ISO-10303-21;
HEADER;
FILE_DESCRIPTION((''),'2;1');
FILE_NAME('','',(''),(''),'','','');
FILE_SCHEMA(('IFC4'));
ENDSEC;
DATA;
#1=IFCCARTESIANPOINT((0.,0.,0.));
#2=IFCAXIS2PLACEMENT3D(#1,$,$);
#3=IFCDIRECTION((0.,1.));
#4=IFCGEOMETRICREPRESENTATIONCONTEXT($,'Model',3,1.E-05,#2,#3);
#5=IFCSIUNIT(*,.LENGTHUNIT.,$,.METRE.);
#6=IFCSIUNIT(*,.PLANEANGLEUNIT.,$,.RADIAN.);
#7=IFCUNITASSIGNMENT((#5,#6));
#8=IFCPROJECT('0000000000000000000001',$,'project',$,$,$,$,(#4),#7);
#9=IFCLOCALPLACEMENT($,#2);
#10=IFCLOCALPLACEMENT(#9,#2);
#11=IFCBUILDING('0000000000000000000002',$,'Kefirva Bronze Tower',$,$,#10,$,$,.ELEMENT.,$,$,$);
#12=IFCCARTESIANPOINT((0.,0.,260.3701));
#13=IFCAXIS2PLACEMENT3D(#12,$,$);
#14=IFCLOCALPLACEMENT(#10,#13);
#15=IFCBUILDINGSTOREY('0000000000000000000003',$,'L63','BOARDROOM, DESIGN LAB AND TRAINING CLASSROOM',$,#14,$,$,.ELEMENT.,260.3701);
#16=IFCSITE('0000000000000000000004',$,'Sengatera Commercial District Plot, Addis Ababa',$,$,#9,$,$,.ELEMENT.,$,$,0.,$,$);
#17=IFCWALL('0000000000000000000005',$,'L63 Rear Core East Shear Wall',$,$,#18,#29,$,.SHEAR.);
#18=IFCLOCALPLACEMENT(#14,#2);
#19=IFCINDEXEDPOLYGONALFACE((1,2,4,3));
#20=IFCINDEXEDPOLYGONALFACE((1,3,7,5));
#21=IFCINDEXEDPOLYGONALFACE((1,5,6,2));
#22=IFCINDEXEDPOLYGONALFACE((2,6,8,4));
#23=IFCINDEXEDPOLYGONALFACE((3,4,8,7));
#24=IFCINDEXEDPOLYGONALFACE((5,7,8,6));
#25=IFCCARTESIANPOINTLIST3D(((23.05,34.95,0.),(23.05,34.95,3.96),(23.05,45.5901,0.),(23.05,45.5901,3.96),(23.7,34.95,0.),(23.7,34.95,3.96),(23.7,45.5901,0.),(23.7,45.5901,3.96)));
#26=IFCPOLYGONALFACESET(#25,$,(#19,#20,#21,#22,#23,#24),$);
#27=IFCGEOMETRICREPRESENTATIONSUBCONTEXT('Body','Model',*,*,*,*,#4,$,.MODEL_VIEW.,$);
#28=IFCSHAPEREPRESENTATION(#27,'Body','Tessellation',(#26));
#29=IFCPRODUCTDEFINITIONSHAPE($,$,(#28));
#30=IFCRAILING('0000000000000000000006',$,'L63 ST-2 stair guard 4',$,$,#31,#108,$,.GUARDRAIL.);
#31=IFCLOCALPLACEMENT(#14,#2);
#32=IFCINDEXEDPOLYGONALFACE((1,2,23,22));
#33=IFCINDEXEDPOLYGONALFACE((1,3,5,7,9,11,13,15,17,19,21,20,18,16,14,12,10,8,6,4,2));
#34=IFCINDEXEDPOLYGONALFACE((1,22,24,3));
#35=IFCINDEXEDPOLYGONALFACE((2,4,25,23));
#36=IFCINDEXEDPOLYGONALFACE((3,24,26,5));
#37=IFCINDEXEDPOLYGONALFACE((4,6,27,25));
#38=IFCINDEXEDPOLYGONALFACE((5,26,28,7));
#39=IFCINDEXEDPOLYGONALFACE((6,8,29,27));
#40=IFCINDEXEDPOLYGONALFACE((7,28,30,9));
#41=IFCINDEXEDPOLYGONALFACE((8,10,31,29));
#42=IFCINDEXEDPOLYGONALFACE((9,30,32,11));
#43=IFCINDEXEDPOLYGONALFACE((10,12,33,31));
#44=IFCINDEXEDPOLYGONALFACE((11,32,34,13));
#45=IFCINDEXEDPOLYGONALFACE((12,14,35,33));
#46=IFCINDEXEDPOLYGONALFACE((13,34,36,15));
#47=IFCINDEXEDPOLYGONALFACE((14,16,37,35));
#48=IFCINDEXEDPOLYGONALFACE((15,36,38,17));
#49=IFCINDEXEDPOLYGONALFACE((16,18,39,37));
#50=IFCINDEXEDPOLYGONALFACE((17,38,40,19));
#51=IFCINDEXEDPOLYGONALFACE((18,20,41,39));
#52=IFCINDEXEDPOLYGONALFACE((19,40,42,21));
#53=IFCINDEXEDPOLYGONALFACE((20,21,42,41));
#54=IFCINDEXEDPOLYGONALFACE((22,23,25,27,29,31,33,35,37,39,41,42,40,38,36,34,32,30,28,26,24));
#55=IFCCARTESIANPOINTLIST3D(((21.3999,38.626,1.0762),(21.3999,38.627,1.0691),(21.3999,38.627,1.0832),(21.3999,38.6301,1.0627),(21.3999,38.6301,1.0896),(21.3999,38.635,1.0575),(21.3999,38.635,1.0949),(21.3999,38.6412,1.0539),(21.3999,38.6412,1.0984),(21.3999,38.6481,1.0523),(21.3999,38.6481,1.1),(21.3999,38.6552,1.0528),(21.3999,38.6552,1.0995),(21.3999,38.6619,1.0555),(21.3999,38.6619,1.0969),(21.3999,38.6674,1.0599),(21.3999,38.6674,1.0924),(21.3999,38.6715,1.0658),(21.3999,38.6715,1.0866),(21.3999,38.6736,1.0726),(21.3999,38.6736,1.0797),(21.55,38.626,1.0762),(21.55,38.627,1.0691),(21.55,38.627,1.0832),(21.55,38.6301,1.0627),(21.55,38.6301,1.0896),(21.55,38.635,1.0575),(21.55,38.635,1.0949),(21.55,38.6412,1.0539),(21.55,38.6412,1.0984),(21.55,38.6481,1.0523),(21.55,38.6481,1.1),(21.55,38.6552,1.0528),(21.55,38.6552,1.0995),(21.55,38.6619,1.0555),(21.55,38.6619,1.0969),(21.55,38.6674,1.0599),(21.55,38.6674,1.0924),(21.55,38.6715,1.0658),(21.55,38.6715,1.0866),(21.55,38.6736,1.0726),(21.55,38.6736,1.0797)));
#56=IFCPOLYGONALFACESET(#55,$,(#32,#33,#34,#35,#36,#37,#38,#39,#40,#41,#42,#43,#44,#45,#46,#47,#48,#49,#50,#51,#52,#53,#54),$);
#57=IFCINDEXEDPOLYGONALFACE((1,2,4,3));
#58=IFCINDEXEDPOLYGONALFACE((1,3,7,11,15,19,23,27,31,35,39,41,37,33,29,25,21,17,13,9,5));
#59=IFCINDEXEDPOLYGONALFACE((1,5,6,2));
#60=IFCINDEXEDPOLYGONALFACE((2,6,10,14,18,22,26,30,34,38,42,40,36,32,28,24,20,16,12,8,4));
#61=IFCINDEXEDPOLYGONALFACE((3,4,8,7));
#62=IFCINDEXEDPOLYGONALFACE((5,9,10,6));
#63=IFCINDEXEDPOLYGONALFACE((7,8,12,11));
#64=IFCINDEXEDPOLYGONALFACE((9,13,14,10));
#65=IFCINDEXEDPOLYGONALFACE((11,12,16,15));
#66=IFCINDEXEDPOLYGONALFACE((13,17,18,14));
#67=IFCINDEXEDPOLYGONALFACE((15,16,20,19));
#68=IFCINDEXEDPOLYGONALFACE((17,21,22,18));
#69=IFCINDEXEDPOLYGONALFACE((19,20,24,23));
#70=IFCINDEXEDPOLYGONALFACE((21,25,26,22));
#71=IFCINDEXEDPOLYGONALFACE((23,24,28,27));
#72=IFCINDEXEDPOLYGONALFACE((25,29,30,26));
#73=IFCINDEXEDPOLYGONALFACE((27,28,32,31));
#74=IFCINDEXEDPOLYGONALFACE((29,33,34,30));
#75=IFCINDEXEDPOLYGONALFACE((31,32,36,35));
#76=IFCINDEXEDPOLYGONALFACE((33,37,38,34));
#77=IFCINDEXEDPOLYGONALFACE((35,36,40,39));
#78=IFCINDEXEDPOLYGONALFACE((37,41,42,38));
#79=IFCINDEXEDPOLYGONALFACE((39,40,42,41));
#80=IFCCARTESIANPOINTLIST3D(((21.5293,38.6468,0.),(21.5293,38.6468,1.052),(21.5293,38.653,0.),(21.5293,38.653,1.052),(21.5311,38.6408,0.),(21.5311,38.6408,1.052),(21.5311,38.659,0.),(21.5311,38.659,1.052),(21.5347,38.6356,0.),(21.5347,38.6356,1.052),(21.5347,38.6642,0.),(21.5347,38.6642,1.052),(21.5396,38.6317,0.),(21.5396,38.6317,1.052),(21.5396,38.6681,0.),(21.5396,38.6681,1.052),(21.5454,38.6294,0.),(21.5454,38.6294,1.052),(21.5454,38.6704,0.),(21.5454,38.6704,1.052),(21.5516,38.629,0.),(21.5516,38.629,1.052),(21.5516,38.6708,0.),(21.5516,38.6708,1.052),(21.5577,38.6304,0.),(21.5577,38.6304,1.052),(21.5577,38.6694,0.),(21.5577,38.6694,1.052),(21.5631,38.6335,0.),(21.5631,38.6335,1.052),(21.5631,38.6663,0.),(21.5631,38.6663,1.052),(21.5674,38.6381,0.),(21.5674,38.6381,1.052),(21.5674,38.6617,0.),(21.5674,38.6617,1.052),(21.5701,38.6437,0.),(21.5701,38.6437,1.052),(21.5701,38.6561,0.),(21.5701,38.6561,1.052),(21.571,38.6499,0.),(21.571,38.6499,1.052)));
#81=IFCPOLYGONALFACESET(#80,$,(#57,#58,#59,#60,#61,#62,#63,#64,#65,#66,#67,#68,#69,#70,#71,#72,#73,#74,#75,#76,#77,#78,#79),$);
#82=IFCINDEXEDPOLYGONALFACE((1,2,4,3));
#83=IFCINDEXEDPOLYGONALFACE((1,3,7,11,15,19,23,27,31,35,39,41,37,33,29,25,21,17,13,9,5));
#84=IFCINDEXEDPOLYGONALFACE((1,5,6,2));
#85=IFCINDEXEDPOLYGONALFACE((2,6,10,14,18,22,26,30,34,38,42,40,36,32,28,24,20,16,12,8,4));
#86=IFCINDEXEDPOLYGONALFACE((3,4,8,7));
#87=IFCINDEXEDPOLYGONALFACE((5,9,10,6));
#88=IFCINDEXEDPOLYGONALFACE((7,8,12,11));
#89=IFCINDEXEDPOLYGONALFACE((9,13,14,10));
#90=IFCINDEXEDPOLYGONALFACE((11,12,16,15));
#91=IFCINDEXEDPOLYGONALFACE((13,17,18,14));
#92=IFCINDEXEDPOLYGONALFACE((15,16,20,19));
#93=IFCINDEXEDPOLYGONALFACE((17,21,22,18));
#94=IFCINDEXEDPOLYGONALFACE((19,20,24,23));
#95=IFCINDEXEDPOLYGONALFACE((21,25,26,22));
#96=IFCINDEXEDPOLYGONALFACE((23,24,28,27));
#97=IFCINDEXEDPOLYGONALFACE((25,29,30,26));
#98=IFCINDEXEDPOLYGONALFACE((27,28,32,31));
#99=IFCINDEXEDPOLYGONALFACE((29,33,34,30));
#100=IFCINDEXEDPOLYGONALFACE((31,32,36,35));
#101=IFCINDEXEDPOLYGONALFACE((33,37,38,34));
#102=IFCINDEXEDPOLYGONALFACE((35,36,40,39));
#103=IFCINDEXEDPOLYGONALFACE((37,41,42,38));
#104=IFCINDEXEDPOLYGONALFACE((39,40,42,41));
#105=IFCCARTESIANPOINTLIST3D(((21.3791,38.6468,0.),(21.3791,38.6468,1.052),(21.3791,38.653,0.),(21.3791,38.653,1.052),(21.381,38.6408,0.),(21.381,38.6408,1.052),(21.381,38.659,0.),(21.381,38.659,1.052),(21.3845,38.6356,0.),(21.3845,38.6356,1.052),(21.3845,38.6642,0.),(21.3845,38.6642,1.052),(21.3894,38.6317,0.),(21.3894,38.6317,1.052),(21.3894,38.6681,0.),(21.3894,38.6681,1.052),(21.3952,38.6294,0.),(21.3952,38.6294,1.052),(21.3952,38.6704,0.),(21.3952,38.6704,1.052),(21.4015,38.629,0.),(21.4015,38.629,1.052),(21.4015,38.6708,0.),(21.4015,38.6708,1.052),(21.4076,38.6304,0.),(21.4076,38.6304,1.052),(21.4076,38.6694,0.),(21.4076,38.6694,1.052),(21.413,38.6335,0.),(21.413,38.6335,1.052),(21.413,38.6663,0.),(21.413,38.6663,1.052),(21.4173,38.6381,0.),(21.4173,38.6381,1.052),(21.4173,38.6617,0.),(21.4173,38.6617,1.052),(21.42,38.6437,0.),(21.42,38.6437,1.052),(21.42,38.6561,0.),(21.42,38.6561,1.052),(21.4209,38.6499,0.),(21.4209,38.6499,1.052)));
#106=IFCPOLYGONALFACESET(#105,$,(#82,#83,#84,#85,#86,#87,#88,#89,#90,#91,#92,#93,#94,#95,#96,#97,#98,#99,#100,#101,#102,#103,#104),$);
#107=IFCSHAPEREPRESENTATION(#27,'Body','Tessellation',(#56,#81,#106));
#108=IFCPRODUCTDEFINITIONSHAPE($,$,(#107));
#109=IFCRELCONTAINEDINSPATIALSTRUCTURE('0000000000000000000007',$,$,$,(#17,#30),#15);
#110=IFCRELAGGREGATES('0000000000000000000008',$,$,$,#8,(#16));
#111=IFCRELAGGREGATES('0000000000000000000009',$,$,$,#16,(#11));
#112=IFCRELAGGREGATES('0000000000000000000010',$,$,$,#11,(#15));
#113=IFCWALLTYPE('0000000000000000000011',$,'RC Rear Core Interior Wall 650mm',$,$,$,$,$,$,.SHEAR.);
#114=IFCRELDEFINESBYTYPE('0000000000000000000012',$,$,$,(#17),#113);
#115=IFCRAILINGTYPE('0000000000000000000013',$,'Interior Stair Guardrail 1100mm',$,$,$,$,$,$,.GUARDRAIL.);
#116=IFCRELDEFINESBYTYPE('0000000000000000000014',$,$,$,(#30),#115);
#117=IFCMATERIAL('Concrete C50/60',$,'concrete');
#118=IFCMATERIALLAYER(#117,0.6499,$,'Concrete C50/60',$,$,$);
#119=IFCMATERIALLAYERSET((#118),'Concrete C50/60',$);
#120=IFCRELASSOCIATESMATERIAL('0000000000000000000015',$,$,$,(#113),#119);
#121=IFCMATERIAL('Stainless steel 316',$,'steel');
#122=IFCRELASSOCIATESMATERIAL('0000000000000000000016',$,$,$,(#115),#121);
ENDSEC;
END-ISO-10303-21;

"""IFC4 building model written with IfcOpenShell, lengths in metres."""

from ifc_helpers import new_model, si_unit, direction, frame, frame_2d, origin, origin_2d, place, context, subcontext, project, spatial, rectangle, circle, extrude, material, layer, layer_set, type_object, element, save


model = new_model("IFC4")

# Units and contexts
model_context = context("Model", 3, precision=1e-05, world=origin(), true_north=direction((0.0, 1.0)))
body_context = subcontext(model_context, "Body", "Model", "MODEL_VIEW")
ifc_project = project(units=[si_unit("LENGTHUNIT", "METRE"), si_unit("PLANEANGLEUNIT", "RADIAN")], contexts=[model_context])

# Site, building, storey
site_placement = place(None, origin())
site = spatial("IfcSite", under=ifc_project, at=site_placement, Name="Sengatera Commercial District Plot, Addis Ababa", CompositionType="ELEMENT", RefElevation=0.0)
building_placement = place(site_placement, origin())
building = spatial("IfcBuilding", under=site, at=building_placement, Name="Kefirva Bronze Tower", CompositionType="ELEMENT")
storey_placement = place(building_placement, frame((0.0, 0.0, 260.3701)))
storey = spatial("IfcBuildingStorey", under=building, at=storey_placement, Name="L63", Description="BOARDROOM, DESIGN LAB AND TRAINING CLASSROOM", CompositionType="ELEMENT", Elevation=260.3701)

# Shared definitions
ifc_material_1 = material(Name="Concrete C50/60", Category="concrete")

# Wall
ifc_layer_1 = layer(ifc_material_1, 0.6499, Name="Concrete C50/60")
ifc_layer_set_1 = layer_set([ifc_layer_1], Name="Concrete C50/60")
wall_type_1 = type_object("IfcWallType", Name="RC Rear Core Interior Wall 650mm", PredefinedType="SHEAR", material=ifc_layer_set_1)
wall_1_placement = place(storey_placement, frame((23.375, 34.95, 0.0), z_axis=(0.0, 0.0, 1.0), x_axis=(0.0, 1.0, 0.0)))
element("IfcWall", 1, at=wall_1_placement, inside=storey, type_object=wall_type_1, Name="L63 Rear Core East Shear Wall", PredefinedType="SHEAR", context=body_context, shape_type="SweptSolid", body=[
    extrude(rectangle(XDim=10.6401, YDim=0.6499, at=frame_2d((5.3201, 0.0))), origin(), (0.0, 0.0, 1.0), 3.96),
])

# Railing
ifc_material_2 = material(Name="Stainless steel 316", Category="steel")
railing_type = type_object("IfcRailingType", Name="Interior Stair Guardrail 1100mm", PredefinedType="GUARDRAIL", material=ifc_material_2)
railing_placement = place(storey_placement, frame((21.55, 38.6499, 0.0)))
element("IfcRailing", 2, at=railing_placement, inside=storey, type_object=railing_type, Name="L63 ST-2 stair guard 4", PredefinedType="GUARDRAIL", context=body_context, shape_type="SweptSolid", body=[
    extrude(circle(Radius=0.0239, at=origin_2d()), frame((0.0, 0.0, 1.0762), z_axis=(-1.0, 0.0, 0.0), x_axis=(0.0, -1.0, 0.0)), (0.0, 0.0, 1.0), 0.1501),
    extrude(circle(Radius=0.021, at=origin_2d()), origin(), (0.0, 0.0, 1.0), 1.052),
    extrude(circle(Radius=0.021, at=origin_2d()), frame((-0.1501, 0.0, 0.0)), (0.0, 0.0, 1.0), 1.052),
])

save(model, "model.ifc")
